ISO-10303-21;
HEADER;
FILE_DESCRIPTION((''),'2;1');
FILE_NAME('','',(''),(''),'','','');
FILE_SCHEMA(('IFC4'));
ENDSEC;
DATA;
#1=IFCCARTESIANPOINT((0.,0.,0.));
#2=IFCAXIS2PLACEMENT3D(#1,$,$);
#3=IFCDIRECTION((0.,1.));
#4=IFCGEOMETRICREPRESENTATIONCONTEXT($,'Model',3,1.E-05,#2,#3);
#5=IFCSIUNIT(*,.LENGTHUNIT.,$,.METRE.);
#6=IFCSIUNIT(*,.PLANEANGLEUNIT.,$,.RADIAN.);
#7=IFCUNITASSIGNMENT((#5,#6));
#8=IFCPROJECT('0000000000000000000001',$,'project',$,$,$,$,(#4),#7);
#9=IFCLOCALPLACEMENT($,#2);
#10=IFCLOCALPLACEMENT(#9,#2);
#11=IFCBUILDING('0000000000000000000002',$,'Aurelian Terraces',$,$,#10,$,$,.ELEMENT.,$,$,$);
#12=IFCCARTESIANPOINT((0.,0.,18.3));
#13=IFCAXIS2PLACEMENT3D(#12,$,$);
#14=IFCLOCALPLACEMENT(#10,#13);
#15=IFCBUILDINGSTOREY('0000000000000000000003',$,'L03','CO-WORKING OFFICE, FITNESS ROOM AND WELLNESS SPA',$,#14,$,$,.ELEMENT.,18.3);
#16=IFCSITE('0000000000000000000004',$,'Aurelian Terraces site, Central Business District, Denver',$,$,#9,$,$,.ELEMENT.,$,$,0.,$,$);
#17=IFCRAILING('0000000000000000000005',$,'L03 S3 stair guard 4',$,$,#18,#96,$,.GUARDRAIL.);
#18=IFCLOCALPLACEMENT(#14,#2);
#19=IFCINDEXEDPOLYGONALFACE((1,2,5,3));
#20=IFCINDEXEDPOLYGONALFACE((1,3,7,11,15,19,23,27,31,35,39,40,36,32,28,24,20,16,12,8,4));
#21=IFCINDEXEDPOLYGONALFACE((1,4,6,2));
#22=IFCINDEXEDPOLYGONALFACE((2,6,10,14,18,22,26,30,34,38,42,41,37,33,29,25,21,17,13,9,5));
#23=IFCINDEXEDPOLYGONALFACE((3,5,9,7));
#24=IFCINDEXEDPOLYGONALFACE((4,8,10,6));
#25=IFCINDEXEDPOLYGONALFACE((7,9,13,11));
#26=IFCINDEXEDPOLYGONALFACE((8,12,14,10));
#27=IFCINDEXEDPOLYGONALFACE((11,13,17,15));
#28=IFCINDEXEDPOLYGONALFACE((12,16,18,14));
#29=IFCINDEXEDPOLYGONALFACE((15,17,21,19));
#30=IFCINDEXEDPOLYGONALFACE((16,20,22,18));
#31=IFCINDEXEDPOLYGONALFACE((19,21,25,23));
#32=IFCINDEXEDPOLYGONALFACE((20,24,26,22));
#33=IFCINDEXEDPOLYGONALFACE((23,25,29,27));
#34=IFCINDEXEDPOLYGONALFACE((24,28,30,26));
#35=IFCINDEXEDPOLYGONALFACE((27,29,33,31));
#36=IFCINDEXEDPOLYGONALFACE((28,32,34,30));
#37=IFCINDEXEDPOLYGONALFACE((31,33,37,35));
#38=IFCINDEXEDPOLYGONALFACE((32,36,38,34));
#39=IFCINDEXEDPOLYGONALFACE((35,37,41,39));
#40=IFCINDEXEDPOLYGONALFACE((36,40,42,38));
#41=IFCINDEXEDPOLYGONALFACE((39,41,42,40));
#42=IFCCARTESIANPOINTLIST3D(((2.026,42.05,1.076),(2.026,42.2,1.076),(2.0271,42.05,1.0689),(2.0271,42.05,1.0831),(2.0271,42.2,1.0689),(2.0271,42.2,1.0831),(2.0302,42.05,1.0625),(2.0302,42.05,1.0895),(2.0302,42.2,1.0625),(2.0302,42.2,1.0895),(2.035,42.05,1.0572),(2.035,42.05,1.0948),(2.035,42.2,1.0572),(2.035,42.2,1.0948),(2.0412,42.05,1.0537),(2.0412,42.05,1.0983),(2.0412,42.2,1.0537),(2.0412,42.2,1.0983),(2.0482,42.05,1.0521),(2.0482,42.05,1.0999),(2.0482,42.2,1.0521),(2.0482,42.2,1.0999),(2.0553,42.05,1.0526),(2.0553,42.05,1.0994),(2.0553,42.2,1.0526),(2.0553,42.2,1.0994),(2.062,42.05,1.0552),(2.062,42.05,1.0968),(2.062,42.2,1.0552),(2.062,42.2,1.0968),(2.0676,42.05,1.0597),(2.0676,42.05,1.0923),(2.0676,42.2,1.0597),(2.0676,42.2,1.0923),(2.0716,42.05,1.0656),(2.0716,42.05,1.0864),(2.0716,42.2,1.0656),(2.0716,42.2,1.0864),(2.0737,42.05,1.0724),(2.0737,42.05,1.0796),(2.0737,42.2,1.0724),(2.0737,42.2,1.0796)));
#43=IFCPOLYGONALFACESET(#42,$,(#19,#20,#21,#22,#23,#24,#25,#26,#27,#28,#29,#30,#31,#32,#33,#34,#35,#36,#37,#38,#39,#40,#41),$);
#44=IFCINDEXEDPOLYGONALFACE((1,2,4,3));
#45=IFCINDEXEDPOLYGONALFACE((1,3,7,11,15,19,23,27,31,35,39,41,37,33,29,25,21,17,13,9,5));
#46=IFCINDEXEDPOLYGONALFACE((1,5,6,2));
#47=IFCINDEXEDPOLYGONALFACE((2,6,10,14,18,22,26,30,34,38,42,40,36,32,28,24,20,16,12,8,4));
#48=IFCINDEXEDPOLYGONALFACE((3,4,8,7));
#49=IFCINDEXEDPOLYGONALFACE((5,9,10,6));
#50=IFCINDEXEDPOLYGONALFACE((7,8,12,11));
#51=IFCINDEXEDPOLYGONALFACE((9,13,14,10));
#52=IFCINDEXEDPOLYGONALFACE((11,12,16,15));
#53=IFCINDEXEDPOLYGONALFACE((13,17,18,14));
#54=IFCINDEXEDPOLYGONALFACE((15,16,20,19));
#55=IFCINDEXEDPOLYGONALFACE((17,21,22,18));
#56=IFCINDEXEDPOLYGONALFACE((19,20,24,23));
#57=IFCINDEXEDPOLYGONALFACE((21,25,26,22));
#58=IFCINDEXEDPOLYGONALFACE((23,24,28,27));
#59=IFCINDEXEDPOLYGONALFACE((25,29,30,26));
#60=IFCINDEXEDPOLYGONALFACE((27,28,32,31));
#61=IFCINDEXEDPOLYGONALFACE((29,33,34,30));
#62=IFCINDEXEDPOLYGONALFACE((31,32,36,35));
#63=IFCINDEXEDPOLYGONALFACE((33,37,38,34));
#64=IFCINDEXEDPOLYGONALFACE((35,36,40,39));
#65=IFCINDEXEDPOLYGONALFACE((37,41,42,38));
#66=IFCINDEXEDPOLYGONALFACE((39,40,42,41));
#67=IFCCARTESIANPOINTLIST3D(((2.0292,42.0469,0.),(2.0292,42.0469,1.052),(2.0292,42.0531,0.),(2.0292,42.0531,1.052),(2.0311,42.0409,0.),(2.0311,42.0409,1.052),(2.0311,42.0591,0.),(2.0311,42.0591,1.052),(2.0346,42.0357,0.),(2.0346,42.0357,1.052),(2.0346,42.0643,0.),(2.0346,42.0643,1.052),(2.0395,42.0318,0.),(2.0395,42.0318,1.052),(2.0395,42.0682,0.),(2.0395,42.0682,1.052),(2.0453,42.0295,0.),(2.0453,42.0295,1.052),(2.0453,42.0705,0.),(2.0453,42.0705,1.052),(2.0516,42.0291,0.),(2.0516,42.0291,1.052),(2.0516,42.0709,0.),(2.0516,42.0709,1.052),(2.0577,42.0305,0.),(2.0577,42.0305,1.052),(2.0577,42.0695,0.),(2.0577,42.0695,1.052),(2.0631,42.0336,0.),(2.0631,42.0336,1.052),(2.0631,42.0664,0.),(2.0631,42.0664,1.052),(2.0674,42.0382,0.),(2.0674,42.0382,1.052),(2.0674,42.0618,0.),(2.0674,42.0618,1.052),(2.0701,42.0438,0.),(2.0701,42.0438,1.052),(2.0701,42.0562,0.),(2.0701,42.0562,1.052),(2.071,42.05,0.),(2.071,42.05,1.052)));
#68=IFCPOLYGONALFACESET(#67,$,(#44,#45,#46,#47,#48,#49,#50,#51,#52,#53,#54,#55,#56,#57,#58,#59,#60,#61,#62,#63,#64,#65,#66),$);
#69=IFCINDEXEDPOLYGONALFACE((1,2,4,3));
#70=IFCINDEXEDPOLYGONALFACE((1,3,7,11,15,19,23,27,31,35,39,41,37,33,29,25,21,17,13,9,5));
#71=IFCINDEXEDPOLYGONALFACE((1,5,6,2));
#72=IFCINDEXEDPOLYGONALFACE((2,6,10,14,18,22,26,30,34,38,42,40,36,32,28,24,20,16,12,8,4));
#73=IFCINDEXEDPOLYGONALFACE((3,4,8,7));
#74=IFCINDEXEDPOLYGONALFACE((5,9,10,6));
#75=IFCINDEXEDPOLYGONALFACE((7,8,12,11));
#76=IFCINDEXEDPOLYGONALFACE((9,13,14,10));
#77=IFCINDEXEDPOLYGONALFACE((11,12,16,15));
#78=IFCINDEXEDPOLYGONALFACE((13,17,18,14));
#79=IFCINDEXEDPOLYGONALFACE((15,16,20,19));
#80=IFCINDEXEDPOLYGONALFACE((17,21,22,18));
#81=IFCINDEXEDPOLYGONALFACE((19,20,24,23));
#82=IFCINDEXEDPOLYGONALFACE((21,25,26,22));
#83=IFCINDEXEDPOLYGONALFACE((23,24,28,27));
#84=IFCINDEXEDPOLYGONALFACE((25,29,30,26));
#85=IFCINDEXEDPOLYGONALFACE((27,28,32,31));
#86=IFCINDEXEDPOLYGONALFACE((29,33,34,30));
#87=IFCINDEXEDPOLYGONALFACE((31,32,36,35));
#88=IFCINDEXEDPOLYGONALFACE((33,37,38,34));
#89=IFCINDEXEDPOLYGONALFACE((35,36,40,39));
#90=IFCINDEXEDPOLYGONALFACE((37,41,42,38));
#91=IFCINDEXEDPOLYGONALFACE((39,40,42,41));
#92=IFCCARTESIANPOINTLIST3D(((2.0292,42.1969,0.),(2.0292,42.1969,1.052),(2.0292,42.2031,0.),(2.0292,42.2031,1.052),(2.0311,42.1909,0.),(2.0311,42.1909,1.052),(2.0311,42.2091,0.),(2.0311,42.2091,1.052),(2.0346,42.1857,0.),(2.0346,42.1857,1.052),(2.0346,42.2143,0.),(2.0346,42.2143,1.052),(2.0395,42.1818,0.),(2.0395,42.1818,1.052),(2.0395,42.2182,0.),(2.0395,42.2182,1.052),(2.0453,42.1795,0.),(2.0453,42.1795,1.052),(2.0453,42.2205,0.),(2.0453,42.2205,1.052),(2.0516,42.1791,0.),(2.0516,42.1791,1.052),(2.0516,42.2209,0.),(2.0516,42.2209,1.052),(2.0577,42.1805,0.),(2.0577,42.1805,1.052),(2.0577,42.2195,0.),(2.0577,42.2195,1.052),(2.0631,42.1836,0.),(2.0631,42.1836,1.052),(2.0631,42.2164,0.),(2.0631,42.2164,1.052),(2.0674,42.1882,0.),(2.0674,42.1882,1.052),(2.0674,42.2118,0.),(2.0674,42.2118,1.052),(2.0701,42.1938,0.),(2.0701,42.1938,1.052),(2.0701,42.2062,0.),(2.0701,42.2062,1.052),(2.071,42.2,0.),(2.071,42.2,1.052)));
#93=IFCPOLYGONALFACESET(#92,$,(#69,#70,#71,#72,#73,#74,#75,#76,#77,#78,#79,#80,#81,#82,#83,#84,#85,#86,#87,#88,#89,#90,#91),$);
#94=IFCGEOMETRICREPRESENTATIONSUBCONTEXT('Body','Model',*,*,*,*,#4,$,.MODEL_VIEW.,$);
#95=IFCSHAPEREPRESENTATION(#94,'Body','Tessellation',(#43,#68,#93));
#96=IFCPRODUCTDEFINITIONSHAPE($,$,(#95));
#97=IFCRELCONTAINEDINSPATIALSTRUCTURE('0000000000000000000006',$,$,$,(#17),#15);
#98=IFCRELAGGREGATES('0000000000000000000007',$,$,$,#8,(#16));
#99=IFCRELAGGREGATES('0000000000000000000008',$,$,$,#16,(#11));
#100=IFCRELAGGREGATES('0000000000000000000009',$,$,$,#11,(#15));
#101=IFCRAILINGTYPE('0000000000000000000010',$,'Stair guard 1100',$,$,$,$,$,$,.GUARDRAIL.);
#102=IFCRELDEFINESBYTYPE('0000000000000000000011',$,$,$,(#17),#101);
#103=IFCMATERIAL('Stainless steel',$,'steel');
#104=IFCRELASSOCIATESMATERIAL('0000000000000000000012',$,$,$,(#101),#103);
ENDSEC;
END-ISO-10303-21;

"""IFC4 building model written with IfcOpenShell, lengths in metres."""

from ifc_helpers import new_model, si_unit, direction, frame, origin, origin_2d, place, context, subcontext, project, spatial, circle, extrude, source, transform, mapped, material, type_object, element, save


model = new_model("IFC4")

# Units and contexts
model_context = context("Model", 3, precision=1e-05, world=origin(), true_north=direction((0.0, 1.0)))
body_context = subcontext(model_context, "Body", "Model", "MODEL_VIEW")
ifc_project = project(units=[si_unit("LENGTHUNIT", "METRE"), si_unit("PLANEANGLEUNIT", "RADIAN")], contexts=[model_context])

# Site, building, storey
site_placement = place(None, origin())
site = spatial("IfcSite", under=ifc_project, at=site_placement, Name="Aurelian Terraces site, Central Business District, Denver", CompositionType="ELEMENT", RefElevation=0.0)
building_placement = place(site_placement, origin())
building = spatial("IfcBuilding", under=site, at=building_placement, Name="Aurelian Terraces", CompositionType="ELEMENT")
storey_placement = place(building_placement, frame((0.0, 0.0, 18.3)))
storey = spatial("IfcBuildingStorey", under=building, at=storey_placement, Name="L03", Description="CO-WORKING OFFICE, FITNESS ROOM AND WELLNESS SPA", CompositionType="ELEMENT", Elevation=18.3)

# Railing
ifc_material_1 = material(Name="Stainless steel", Category="steel")
railing_type_1 = type_object("IfcRailingType", Name="Stair guard 1100", PredefinedType="GUARDRAIL", material=ifc_material_1)
shared_shape_1 = source(origin(), body_context, "Body", "SweptSolid", [
    extrude(circle(Radius=0.024, at=origin_2d()), frame((0.0, 0.0, 1.076), z_axis=(0.0, 1.0, 0.0), x_axis=(-1.0, 0.0, 0.0)), (0.0, 0.0, 1.0), 0.15),
    extrude(circle(Radius=0.021, at=origin_2d()), origin(), (0.0, 0.0, 1.0), 1.052),
    extrude(circle(Radius=0.021, at=origin_2d()), frame((0.0, 0.15, 0.0)), (0.0, 0.0, 1.0), 1.052),
])
for number, where, name in (
    (1, (2.05, 42.05, 0.0), "L03 S3 stair guard 4"),
):
    element("IfcRailing", number, at=place(storey_placement, frame(where)), inside=storey, type_object=railing_type_1, Name=name, PredefinedType="GUARDRAIL", context=body_context, shape_type="MappedRepresentation", body=[
        mapped(shared_shape_1, transform((0.0, 0.0, 0.0), scale=1.0)),
    ])

save(model, "model.ifc")
